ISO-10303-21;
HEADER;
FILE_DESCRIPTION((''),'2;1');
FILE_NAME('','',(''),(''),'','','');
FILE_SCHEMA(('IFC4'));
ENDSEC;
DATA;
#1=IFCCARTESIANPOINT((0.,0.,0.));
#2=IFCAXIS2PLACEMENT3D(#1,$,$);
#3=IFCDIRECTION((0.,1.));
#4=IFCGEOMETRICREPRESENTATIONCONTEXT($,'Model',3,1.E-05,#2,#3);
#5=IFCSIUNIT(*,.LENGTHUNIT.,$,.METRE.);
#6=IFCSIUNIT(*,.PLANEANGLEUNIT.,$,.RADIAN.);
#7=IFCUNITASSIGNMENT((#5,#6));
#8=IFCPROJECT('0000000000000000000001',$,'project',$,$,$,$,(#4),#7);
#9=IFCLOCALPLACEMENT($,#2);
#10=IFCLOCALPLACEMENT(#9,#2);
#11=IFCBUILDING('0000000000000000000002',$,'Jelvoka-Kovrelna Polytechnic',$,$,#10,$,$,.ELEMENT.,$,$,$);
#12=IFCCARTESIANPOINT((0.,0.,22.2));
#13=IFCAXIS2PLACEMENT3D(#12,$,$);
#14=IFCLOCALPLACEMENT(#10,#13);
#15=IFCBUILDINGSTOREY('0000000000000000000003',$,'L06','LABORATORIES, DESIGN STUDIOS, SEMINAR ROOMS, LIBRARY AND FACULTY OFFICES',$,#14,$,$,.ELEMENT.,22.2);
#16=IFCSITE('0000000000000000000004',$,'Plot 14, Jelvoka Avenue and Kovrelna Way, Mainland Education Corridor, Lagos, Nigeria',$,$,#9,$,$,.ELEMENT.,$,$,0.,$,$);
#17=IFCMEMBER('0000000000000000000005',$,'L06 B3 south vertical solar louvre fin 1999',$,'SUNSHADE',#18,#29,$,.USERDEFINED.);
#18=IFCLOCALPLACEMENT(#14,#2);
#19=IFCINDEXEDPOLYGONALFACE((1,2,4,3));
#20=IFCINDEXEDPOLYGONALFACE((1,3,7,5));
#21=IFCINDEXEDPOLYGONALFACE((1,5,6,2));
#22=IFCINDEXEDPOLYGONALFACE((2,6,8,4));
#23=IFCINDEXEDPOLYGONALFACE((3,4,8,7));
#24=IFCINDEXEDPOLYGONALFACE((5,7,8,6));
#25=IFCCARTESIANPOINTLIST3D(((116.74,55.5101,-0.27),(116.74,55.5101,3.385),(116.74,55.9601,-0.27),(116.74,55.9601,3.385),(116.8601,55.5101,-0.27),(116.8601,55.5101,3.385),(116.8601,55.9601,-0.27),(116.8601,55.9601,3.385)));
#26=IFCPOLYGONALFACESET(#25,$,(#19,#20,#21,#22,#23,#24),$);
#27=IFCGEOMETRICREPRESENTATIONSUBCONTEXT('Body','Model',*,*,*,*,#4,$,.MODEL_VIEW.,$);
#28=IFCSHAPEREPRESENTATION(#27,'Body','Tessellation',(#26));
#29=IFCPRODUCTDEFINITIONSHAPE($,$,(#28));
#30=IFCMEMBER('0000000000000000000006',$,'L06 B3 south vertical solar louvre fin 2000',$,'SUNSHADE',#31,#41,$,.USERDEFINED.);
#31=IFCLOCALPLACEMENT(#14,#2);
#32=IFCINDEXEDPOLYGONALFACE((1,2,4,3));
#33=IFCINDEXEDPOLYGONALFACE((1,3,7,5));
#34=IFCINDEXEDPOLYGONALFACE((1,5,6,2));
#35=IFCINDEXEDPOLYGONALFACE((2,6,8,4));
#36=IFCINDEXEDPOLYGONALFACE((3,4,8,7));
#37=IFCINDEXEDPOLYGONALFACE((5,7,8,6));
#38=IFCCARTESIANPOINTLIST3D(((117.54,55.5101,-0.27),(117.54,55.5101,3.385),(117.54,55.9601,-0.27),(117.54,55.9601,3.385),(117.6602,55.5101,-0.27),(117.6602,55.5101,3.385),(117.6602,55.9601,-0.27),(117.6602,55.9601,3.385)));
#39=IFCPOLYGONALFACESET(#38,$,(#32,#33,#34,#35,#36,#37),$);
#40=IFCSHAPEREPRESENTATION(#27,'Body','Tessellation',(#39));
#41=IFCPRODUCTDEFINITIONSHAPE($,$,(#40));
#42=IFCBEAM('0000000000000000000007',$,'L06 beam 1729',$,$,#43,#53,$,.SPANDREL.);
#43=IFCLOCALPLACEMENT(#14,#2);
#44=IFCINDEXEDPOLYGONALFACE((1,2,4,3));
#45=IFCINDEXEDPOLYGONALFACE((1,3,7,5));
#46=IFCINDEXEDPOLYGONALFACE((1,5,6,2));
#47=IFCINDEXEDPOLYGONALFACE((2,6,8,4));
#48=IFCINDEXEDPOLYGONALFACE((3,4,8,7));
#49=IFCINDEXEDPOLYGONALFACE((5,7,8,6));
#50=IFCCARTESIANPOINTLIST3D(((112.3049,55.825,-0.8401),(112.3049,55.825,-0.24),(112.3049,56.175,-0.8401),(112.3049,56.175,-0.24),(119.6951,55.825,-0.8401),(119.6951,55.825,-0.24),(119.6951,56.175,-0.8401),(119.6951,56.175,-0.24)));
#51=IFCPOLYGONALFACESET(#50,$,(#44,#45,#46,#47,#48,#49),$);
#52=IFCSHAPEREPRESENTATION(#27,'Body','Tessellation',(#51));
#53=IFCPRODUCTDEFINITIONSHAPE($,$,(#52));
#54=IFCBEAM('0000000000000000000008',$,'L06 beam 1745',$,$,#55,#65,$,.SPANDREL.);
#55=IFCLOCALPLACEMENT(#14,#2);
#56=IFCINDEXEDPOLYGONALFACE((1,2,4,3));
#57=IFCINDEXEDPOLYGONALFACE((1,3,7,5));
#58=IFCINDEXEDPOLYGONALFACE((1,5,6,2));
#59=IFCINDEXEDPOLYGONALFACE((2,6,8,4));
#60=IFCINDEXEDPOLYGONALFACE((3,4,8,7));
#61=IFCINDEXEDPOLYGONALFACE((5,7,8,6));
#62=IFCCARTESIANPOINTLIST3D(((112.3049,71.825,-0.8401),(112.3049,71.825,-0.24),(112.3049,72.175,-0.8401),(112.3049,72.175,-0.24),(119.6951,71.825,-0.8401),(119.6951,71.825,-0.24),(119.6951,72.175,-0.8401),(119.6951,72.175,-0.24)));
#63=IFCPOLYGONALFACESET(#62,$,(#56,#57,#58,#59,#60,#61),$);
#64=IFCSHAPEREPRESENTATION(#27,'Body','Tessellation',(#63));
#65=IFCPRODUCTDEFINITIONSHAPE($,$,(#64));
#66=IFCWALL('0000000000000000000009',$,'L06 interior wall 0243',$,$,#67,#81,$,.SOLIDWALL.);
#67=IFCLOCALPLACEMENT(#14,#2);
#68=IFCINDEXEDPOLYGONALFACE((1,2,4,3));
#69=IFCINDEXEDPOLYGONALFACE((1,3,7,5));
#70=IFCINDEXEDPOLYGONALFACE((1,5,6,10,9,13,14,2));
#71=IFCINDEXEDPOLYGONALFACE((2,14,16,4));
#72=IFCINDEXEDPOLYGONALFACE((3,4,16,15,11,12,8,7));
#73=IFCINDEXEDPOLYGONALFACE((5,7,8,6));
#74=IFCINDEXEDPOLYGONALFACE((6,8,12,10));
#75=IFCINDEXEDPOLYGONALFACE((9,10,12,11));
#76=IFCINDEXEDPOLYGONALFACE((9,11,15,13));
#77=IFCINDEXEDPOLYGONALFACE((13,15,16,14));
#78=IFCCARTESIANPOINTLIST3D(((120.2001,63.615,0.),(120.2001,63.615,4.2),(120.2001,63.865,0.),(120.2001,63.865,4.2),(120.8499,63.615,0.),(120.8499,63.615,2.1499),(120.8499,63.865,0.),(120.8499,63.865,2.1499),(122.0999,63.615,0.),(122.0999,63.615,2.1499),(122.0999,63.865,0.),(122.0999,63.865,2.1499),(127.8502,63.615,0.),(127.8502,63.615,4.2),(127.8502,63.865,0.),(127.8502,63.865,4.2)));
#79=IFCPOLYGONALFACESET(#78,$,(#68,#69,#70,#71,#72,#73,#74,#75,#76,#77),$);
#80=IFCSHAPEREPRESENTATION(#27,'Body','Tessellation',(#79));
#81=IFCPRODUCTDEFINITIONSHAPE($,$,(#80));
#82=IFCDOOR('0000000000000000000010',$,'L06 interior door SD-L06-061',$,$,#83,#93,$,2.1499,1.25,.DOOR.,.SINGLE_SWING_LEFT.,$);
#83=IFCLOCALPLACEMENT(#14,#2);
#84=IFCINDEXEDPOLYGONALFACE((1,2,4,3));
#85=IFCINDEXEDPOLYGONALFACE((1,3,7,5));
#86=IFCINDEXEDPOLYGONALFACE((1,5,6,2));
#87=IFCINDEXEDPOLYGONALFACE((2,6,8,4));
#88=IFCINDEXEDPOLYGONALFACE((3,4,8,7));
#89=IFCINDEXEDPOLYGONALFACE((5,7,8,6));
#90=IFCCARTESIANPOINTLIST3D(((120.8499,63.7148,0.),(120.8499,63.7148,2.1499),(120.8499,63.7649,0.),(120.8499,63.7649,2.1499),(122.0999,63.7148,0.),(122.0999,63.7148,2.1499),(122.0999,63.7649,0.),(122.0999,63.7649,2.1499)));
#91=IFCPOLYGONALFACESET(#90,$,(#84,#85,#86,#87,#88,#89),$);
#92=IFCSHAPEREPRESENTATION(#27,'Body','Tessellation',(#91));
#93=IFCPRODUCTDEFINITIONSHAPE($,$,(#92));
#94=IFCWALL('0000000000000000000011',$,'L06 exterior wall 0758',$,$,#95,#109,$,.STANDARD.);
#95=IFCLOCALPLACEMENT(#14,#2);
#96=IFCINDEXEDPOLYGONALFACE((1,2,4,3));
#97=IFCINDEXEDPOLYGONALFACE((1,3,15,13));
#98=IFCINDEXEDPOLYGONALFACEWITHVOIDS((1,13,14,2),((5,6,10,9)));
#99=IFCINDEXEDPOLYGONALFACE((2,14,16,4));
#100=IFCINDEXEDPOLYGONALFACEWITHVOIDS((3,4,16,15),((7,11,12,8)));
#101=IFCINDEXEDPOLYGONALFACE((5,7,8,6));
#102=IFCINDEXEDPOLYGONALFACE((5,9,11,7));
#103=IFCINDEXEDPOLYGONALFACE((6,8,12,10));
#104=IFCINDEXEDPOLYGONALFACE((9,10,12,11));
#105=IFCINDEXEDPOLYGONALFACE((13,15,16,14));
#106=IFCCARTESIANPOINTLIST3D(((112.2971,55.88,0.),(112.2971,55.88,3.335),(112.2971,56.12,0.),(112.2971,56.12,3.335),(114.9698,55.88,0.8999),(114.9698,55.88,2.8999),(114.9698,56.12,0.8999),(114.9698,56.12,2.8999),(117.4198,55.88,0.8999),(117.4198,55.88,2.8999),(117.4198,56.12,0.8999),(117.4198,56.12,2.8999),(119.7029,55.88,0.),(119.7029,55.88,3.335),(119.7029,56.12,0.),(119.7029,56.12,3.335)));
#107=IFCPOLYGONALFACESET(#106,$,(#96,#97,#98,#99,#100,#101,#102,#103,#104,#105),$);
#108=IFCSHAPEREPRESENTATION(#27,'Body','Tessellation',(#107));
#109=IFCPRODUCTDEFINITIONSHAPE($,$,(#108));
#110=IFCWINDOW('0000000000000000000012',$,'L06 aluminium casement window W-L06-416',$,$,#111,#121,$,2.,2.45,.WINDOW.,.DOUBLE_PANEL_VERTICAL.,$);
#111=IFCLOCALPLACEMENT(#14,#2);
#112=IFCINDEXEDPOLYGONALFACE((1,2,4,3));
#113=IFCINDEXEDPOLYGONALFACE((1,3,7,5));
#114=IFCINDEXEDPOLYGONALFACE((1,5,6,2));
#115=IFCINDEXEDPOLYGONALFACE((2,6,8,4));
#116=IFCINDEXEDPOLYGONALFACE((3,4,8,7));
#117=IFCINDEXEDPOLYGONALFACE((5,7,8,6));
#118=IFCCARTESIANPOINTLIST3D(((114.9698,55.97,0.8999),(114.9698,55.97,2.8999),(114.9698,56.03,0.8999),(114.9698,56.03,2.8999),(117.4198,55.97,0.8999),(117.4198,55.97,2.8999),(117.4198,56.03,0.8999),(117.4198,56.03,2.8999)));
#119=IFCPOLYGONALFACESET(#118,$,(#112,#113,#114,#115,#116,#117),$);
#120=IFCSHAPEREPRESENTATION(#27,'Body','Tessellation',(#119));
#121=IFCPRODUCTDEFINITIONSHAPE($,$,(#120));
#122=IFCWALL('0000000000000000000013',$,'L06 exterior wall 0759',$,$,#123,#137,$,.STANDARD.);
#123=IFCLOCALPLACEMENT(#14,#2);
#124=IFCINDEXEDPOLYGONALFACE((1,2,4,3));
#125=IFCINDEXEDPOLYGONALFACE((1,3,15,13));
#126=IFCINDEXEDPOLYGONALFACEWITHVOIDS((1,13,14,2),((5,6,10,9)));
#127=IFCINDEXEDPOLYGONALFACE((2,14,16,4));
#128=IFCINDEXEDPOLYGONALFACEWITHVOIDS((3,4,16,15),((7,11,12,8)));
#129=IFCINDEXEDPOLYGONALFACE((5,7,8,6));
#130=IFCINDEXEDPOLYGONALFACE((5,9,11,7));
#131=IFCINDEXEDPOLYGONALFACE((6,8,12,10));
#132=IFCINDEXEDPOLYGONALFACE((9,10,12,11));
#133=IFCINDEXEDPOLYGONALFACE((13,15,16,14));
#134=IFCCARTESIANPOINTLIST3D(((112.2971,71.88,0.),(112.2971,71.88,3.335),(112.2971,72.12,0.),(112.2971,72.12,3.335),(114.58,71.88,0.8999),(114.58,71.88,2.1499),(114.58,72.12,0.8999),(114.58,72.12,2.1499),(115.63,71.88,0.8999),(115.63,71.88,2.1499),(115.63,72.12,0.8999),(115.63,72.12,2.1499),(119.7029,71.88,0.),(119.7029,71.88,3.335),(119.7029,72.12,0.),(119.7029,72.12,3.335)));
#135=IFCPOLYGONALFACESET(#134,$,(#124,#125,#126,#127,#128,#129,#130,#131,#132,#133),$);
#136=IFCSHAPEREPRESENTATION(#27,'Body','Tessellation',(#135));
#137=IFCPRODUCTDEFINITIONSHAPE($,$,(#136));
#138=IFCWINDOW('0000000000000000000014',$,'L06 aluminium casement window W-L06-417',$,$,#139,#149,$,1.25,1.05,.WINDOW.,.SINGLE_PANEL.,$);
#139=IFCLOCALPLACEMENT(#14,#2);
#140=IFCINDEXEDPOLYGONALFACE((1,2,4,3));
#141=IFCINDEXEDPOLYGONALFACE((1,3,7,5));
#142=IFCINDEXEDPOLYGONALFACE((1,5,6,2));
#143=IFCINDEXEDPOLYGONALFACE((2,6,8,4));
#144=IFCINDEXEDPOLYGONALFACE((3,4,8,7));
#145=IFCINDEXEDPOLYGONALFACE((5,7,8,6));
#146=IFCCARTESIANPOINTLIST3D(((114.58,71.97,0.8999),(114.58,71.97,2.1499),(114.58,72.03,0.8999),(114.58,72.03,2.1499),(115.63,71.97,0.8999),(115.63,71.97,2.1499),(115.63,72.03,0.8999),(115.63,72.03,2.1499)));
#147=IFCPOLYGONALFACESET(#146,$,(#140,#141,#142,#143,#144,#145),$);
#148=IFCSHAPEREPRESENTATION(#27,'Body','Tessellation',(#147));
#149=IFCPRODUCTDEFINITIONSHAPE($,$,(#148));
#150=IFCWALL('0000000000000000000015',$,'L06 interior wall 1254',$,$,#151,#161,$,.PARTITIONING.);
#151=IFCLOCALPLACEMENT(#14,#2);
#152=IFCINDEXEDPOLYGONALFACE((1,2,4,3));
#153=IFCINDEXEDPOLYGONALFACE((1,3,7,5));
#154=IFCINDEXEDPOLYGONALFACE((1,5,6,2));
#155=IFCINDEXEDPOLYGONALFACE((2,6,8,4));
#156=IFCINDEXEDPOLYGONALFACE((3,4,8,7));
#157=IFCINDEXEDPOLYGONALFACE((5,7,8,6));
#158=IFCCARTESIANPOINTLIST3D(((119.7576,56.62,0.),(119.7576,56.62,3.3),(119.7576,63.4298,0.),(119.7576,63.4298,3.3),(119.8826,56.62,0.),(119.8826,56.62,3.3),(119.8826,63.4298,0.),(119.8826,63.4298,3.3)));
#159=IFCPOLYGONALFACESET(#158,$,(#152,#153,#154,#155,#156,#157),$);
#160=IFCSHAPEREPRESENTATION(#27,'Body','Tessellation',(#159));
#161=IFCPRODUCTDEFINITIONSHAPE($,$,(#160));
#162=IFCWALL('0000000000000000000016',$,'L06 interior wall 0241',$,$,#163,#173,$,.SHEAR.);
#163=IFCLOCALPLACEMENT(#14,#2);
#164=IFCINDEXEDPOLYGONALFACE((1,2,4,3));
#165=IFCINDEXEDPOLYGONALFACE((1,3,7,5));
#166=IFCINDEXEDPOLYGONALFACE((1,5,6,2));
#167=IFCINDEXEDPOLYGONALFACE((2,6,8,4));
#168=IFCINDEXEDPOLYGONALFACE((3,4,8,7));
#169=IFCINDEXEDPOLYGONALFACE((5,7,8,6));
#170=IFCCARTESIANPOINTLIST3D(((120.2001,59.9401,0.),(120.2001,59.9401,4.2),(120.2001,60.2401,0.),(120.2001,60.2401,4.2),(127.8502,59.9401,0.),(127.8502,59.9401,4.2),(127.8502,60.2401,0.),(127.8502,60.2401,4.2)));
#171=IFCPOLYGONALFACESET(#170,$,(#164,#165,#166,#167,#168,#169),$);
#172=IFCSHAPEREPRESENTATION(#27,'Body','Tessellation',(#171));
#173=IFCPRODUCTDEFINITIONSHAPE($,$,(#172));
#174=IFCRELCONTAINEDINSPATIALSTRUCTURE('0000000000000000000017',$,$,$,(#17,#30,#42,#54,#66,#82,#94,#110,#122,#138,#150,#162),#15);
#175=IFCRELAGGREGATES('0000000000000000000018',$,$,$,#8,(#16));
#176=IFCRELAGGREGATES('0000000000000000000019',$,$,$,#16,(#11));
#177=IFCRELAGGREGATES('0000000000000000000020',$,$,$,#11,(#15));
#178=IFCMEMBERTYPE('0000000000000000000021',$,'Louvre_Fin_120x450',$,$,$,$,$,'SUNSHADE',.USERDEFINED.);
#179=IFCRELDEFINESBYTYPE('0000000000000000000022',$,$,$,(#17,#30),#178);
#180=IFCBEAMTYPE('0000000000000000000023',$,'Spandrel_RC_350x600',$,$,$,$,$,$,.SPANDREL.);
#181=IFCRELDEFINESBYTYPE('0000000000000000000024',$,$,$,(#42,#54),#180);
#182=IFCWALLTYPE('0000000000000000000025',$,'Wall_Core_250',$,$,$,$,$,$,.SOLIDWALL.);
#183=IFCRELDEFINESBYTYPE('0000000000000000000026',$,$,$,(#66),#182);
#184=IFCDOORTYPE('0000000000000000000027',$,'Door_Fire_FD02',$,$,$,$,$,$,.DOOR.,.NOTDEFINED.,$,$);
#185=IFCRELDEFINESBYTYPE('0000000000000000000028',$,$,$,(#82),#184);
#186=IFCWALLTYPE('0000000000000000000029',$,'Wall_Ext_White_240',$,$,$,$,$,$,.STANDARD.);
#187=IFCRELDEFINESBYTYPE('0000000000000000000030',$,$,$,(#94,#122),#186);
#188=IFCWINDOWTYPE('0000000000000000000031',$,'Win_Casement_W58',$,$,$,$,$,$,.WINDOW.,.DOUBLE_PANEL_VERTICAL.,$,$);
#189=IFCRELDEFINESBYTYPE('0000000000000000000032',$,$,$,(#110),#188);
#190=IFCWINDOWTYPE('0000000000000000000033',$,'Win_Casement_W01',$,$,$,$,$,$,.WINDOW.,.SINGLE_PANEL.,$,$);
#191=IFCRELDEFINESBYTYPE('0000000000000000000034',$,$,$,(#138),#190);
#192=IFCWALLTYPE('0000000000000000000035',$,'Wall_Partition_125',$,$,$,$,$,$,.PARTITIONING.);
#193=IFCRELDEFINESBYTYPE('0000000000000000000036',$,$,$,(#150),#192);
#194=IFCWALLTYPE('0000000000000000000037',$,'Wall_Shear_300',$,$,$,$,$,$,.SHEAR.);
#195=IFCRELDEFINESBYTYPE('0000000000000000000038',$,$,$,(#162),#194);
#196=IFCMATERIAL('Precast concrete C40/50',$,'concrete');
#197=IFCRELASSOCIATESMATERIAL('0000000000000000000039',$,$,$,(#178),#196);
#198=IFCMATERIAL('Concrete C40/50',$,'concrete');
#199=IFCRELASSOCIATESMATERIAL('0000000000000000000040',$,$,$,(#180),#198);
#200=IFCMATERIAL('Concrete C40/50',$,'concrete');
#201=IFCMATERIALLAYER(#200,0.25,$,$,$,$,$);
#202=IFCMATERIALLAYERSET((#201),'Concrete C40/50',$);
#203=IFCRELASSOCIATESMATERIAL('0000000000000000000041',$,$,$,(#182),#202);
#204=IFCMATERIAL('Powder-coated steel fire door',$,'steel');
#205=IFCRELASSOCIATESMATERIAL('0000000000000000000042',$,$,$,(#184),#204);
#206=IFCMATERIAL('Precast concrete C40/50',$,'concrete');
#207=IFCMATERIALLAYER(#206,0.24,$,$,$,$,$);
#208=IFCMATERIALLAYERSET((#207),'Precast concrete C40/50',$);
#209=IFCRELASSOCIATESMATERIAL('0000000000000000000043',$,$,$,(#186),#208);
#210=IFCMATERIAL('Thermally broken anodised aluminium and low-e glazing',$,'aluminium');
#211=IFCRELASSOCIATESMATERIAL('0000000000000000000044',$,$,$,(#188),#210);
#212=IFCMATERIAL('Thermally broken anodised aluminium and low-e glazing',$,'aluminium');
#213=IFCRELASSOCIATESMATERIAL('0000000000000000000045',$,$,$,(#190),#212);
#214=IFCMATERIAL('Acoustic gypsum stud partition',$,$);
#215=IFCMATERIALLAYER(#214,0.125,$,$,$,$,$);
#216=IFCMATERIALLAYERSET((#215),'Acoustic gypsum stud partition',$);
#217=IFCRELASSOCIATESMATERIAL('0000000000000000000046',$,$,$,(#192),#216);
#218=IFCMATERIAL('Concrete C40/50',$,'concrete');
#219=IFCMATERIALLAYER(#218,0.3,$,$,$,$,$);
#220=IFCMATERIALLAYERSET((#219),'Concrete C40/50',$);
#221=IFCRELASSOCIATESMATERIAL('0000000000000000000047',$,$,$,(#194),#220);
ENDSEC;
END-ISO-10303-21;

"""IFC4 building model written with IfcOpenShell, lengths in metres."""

from ifc_helpers import new_model, si_unit, direction, frame, frame_2d, origin, origin_2d, place, context, subcontext, project, spatial, rectangle, extrude, material, layer, layer_set, material_profile, profile_set, type_object, element, fill, save


model = new_model("IFC4")

# Units and contexts
model_context = context("Model", 3, precision=1e-05, world=origin(), true_north=direction((0.0, 1.0)))
body_context = subcontext(model_context, "Body", "Model", "MODEL_VIEW")
ifc_project = project(units=[si_unit("LENGTHUNIT", "METRE"), si_unit("PLANEANGLEUNIT", "RADIAN")], contexts=[model_context])

# Site, building, storey
site_placement = place(None, origin())
site = spatial("IfcSite", under=ifc_project, at=site_placement, Name="Plot 14, Jelvoka Avenue and Kovrelna Way, Mainland Education Corridor, Lagos, Nigeria", CompositionType="ELEMENT", RefElevation=0.0)
building_placement = place(site_placement, origin())
building = spatial("IfcBuilding", under=site, at=building_placement, Name="Jelvoka-Kovrelna Polytechnic", CompositionType="ELEMENT")
storey_placement = place(building_placement, frame((0.0, 0.0, 22.2)))
storey = spatial("IfcBuildingStorey", under=building, at=storey_placement, Name="L06", Description="LABORATORIES, DESIGN STUDIOS, SEMINAR ROOMS, LIBRARY AND FACULTY OFFICES", CompositionType="ELEMENT", Elevation=22.2)

# Members
ifc_material_1 = material(Name="Precast concrete C40/50", Category="concrete")
ifc_material_profile_1 = material_profile(ifc_material_1, rectangle(XDim=0.1201, YDim=0.45, at=origin_2d()), Name="PC 120x450")
ifc_profile_set_1 = profile_set([ifc_material_profile_1], Name="Precast concrete C40/50")
member_type_1 = type_object("IfcMemberType", Name="Louvre_Fin_120x450", ElementType="SUNSHADE", PredefinedType="USERDEFINED", material=ifc_profile_set_1)
for number, where, z_axis, x_axis, name in (
    (1, (116.8, 55.7351, -0.27), (0.0, 0.0, 1.0), (1.0, 0.0, 0.0), "L06 B3 south vertical solar louvre fin 1999"),
    (2, (117.6001, 55.7351, -0.27), (0.0, 0.0, 1.0), (1.0, 0.0, 0.0), "L06 B3 south vertical solar louvre fin 2000"),
):
    element("IfcMember", number, at=place(storey_placement, frame(where, z_axis=z_axis, x_axis=x_axis)), inside=storey, type_object=member_type_1, Name=name, ObjectType="SUNSHADE", PredefinedType="USERDEFINED", context=body_context, shape_type="SweptSolid", body=[
        extrude(rectangle(XDim=0.1201, YDim=0.45, at=origin_2d()), origin(), (0.0, 0.0, 1.0), 3.655),
    ])

# Beams
ifc_material_2 = material(Name="Concrete C40/50", Category="concrete")
ifc_material_profile_2 = material_profile(ifc_material_2, rectangle(XDim=0.3501, YDim=0.6001, at=origin_2d()), Name="RC 350x600")
ifc_profile_set_2 = profile_set([ifc_material_profile_2], Name="Concrete C40/50")
beam_type_1 = type_object("IfcBeamType", Name="Spandrel_RC_350x600", PredefinedType="SPANDREL", material=ifc_profile_set_2)
for number, where, z_axis, x_axis, name in (
    (3, (112.3049, 56.0, -0.54), (1.0, 0.0, 0.0), (0.0, 1.0, 0.0), "L06 beam 1729"),
    (4, (112.3049, 72.0, -0.54), (1.0, 0.0, 0.0), (0.0, 1.0, 0.0), "L06 beam 1745"),
):
    element("IfcBeam", number, at=place(storey_placement, frame(where, z_axis=z_axis, x_axis=x_axis)), inside=storey, type_object=beam_type_1, Name=name, PredefinedType="SPANDREL", context=body_context, shape_type="SweptSolid", body=[
        extrude(rectangle(XDim=0.3501, YDim=0.6001, at=origin_2d()), origin(), (0.0, 0.0, 1.0), 7.3901),
    ])

# Wall, opening, door
ifc_material_3 = material(Name="Concrete C40/50", Category="concrete")
ifc_layer_1 = layer(ifc_material_3, 0.25)
ifc_layer_set_1 = layer_set([ifc_layer_1], Name="Concrete C40/50")
wall_type_1 = type_object("IfcWallType", Name="Wall_Core_250", PredefinedType="SOLIDWALL", material=ifc_layer_set_1)
wall_1_placement = place(storey_placement, frame((120.2, 63.74, 0.0), z_axis=(0.0, 0.0, 1.0), x_axis=(1.0, 0.0, 0.0)))
wall_1 = element("IfcWall", 5, at=wall_1_placement, inside=storey, type_object=wall_type_1, Name="L06 interior wall 0243", PredefinedType="SOLIDWALL", context=body_context, shape_type="SweptSolid", body=[
    extrude(rectangle(XDim=7.6501, YDim=0.25, at=frame_2d((3.8252, 0.0))), origin(), (0.0, 0.0, 1.0), 4.2),
])
opening_1_placement = place(wall_1_placement, frame((0.6499, 0.0, 0.0)))
opening_1 = element("IfcOpeningElement", 6, at=opening_1_placement, cuts=wall_1, PredefinedType="OPENING", context=body_context, shape_type="SweptSolid", body=[
    extrude(rectangle(XDim=1.25, YDim=2.1499, at=frame_2d((0.625, 1.075))), frame((0.0, 0.135, 0.0), z_axis=(0.0, -1.0, 0.0), x_axis=(1.0, 0.0, 0.0)), (0.0, 0.0, 1.0), 0.27),
])
ifc_material_4 = material(Name="Powder-coated steel fire door", Category="steel")
door_type = type_object("IfcDoorType", Name="Door_Fire_FD02", OperationType="NOTDEFINED", PredefinedType="DOOR", material=ifc_material_4)
door_placement = place(opening_1_placement, origin())
door = element("IfcDoor", 7, at=door_placement, inside=storey, type_object=door_type, Name="L06 interior door SD-L06-061", OperationType="SINGLE_SWING_LEFT", OverallHeight=2.1499, OverallWidth=1.25, PredefinedType="DOOR", context=body_context, shape_type="SweptSolid", body=[
    extrude(rectangle(XDim=1.25, YDim=2.1499, at=frame_2d((0.625, 1.075))), frame((0.0, 0.0249, 0.0), z_axis=(0.0, -1.0, 0.0), x_axis=(1.0, 0.0, 0.0)), (0.0, 0.0, 1.0), 0.05),
])
fill(opening_1, door)

# Walls, openings, windows
ifc_material_5 = material(Name="Precast concrete C40/50", Category="concrete")
ifc_layer_2 = layer(ifc_material_5, 0.24)
ifc_layer_set_2 = layer_set([ifc_layer_2], Name="Precast concrete C40/50")
wall_type_2 = type_object("IfcWallType", Name="Wall_Ext_White_240", PredefinedType="STANDARD", material=ifc_layer_set_2)
wall_2_placement = place(storey_placement, frame((119.7029, 56.0, 0.0), z_axis=(0.0, 0.0, 1.0), x_axis=(-1.0, 0.0, 0.0)))
wall_2 = element("IfcWall", 8, at=wall_2_placement, inside=storey, type_object=wall_type_2, Name="L06 exterior wall 0758", PredefinedType="STANDARD", context=body_context, shape_type="SweptSolid", body=[
    extrude(rectangle(XDim=7.4058, YDim=0.24, at=frame_2d((3.7029, 0.0))), origin(), (0.0, 0.0, 1.0), 3.335),
])
opening_2_placement = place(wall_2_placement, frame((2.283, 0.0, 0.8999)))
opening_2 = element("IfcOpeningElement", 9, at=opening_2_placement, cuts=wall_2, PredefinedType="OPENING", context=body_context, shape_type="SweptSolid", body=[
    extrude(rectangle(XDim=2.45, YDim=2.0, at=frame_2d((1.2251, 1.0))), frame((0.0, 0.1301, 0.0), z_axis=(0.0, -1.0, 0.0), x_axis=(1.0, 0.0, 0.0)), (0.0, 0.0, 1.0), 0.26),
])
ifc_material_6 = material(Name="Thermally broken anodised aluminium and low-e glazing", Category="aluminium")
window_type_1 = type_object("IfcWindowType", Name="Win_Casement_W58", PartitioningType="DOUBLE_PANEL_VERTICAL", PredefinedType="WINDOW", material=ifc_material_6)
window_1_placement = place(opening_2_placement, origin())
window_1 = element("IfcWindow", 10, at=window_1_placement, inside=storey, type_object=window_type_1, Name="L06 aluminium casement window W-L06-416", OverallHeight=2.0, OverallWidth=2.45, PartitioningType="DOUBLE_PANEL_VERTICAL", PredefinedType="WINDOW", context=body_context, shape_type="SweptSolid", body=[
    extrude(rectangle(XDim=2.45, YDim=2.0, at=frame_2d((1.2251, 1.0))), frame((0.0, 0.03, 0.0), z_axis=(0.0, -1.0, 0.0), x_axis=(1.0, 0.0, 0.0)), (0.0, 0.0, 1.0), 0.0601),
])
fill(opening_2, window_1)
wall_3_placement = place(storey_placement, frame((112.2971, 72.0, 0.0), z_axis=(0.0, 0.0, 1.0), x_axis=(1.0, 0.0, 0.0)))
wall_3 = element("IfcWall", 11, at=wall_3_placement, inside=storey, type_object=wall_type_2, Name="L06 exterior wall 0759", PredefinedType="STANDARD", context=body_context, shape_type="SweptSolid", body=[
    extrude(rectangle(XDim=7.4058, YDim=0.24, at=frame_2d((3.7029, 0.0))), origin(), (0.0, 0.0, 1.0), 3.335),
])
opening_3_placement = place(wall_3_placement, frame((2.283, 0.0, 0.8999)))
opening_3 = element("IfcOpeningElement", 12, at=opening_3_placement, cuts=wall_3, PredefinedType="OPENING", context=body_context, shape_type="SweptSolid", body=[
    extrude(rectangle(XDim=1.05, YDim=1.25, at=frame_2d((0.5249, 0.625))), frame((0.0, 0.1301, 0.0), z_axis=(0.0, -1.0, 0.0), x_axis=(1.0, 0.0, 0.0)), (0.0, 0.0, 1.0), 0.26),
])
ifc_material_7 = material(Name="Thermally broken anodised aluminium and low-e glazing", Category="aluminium")
window_type_2 = type_object("IfcWindowType", Name="Win_Casement_W01", PartitioningType="SINGLE_PANEL", PredefinedType="WINDOW", material=ifc_material_7)
window_2_placement = place(opening_3_placement, origin())
window_2 = element("IfcWindow", 13, at=window_2_placement, inside=storey, type_object=window_type_2, Name="L06 aluminium casement window W-L06-417", OverallHeight=1.25, OverallWidth=1.05, PartitioningType="SINGLE_PANEL", PredefinedType="WINDOW", context=body_context, shape_type="SweptSolid", body=[
    extrude(rectangle(XDim=1.05, YDim=1.25, at=frame_2d((0.5249, 0.625))), frame((0.0, 0.03, 0.0), z_axis=(0.0, -1.0, 0.0), x_axis=(1.0, 0.0, 0.0)), (0.0, 0.0, 1.0), 0.0601),
])
fill(opening_3, window_2)

# Walls
ifc_material_8 = material(Name="Acoustic gypsum stud partition")
ifc_layer_3 = layer(ifc_material_8, 0.125)
ifc_layer_set_3 = layer_set([ifc_layer_3], Name="Acoustic gypsum stud partition")
wall_type_3 = type_object("IfcWallType", Name="Wall_Partition_125", PredefinedType="PARTITIONING", material=ifc_layer_set_3)
wall_4_placement = place(storey_placement, frame((119.8201, 56.6201, 0.0), z_axis=(0.0, 0.0, 1.0), x_axis=(0.0, 1.0, 0.0)))
element("IfcWall", 14, at=wall_4_placement, inside=storey, type_object=wall_type_3, Name="L06 interior wall 1254", PredefinedType="PARTITIONING", context=body_context, shape_type="SweptSolid", body=[
    extrude(rectangle(XDim=6.8098, YDim=0.125, at=frame_2d((3.4048, 0.0))), origin(), (0.0, 0.0, 1.0), 3.3),
])
ifc_material_9 = material(Name="Concrete C40/50", Category="concrete")
ifc_layer_4 = layer(ifc_material_9, 0.3)
ifc_layer_set_4 = layer_set([ifc_layer_4], Name="Concrete C40/50")
wall_type_4 = type_object("IfcWallType", Name="Wall_Shear_300", PredefinedType="SHEAR", material=ifc_layer_set_4)
wall_5_placement = place(storey_placement, frame((120.2, 60.0901, 0.0), z_axis=(0.0, 0.0, 1.0), x_axis=(1.0, 0.0, 0.0)))
element("IfcWall", 15, at=wall_5_placement, inside=storey, type_object=wall_type_4, Name="L06 interior wall 0241", PredefinedType="SHEAR", context=body_context, shape_type="SweptSolid", body=[
    extrude(rectangle(XDim=7.6501, YDim=0.3, at=frame_2d((3.8252, 0.0))), origin(), (0.0, 0.0, 1.0), 4.2),
])

save(model, "model.ifc")
